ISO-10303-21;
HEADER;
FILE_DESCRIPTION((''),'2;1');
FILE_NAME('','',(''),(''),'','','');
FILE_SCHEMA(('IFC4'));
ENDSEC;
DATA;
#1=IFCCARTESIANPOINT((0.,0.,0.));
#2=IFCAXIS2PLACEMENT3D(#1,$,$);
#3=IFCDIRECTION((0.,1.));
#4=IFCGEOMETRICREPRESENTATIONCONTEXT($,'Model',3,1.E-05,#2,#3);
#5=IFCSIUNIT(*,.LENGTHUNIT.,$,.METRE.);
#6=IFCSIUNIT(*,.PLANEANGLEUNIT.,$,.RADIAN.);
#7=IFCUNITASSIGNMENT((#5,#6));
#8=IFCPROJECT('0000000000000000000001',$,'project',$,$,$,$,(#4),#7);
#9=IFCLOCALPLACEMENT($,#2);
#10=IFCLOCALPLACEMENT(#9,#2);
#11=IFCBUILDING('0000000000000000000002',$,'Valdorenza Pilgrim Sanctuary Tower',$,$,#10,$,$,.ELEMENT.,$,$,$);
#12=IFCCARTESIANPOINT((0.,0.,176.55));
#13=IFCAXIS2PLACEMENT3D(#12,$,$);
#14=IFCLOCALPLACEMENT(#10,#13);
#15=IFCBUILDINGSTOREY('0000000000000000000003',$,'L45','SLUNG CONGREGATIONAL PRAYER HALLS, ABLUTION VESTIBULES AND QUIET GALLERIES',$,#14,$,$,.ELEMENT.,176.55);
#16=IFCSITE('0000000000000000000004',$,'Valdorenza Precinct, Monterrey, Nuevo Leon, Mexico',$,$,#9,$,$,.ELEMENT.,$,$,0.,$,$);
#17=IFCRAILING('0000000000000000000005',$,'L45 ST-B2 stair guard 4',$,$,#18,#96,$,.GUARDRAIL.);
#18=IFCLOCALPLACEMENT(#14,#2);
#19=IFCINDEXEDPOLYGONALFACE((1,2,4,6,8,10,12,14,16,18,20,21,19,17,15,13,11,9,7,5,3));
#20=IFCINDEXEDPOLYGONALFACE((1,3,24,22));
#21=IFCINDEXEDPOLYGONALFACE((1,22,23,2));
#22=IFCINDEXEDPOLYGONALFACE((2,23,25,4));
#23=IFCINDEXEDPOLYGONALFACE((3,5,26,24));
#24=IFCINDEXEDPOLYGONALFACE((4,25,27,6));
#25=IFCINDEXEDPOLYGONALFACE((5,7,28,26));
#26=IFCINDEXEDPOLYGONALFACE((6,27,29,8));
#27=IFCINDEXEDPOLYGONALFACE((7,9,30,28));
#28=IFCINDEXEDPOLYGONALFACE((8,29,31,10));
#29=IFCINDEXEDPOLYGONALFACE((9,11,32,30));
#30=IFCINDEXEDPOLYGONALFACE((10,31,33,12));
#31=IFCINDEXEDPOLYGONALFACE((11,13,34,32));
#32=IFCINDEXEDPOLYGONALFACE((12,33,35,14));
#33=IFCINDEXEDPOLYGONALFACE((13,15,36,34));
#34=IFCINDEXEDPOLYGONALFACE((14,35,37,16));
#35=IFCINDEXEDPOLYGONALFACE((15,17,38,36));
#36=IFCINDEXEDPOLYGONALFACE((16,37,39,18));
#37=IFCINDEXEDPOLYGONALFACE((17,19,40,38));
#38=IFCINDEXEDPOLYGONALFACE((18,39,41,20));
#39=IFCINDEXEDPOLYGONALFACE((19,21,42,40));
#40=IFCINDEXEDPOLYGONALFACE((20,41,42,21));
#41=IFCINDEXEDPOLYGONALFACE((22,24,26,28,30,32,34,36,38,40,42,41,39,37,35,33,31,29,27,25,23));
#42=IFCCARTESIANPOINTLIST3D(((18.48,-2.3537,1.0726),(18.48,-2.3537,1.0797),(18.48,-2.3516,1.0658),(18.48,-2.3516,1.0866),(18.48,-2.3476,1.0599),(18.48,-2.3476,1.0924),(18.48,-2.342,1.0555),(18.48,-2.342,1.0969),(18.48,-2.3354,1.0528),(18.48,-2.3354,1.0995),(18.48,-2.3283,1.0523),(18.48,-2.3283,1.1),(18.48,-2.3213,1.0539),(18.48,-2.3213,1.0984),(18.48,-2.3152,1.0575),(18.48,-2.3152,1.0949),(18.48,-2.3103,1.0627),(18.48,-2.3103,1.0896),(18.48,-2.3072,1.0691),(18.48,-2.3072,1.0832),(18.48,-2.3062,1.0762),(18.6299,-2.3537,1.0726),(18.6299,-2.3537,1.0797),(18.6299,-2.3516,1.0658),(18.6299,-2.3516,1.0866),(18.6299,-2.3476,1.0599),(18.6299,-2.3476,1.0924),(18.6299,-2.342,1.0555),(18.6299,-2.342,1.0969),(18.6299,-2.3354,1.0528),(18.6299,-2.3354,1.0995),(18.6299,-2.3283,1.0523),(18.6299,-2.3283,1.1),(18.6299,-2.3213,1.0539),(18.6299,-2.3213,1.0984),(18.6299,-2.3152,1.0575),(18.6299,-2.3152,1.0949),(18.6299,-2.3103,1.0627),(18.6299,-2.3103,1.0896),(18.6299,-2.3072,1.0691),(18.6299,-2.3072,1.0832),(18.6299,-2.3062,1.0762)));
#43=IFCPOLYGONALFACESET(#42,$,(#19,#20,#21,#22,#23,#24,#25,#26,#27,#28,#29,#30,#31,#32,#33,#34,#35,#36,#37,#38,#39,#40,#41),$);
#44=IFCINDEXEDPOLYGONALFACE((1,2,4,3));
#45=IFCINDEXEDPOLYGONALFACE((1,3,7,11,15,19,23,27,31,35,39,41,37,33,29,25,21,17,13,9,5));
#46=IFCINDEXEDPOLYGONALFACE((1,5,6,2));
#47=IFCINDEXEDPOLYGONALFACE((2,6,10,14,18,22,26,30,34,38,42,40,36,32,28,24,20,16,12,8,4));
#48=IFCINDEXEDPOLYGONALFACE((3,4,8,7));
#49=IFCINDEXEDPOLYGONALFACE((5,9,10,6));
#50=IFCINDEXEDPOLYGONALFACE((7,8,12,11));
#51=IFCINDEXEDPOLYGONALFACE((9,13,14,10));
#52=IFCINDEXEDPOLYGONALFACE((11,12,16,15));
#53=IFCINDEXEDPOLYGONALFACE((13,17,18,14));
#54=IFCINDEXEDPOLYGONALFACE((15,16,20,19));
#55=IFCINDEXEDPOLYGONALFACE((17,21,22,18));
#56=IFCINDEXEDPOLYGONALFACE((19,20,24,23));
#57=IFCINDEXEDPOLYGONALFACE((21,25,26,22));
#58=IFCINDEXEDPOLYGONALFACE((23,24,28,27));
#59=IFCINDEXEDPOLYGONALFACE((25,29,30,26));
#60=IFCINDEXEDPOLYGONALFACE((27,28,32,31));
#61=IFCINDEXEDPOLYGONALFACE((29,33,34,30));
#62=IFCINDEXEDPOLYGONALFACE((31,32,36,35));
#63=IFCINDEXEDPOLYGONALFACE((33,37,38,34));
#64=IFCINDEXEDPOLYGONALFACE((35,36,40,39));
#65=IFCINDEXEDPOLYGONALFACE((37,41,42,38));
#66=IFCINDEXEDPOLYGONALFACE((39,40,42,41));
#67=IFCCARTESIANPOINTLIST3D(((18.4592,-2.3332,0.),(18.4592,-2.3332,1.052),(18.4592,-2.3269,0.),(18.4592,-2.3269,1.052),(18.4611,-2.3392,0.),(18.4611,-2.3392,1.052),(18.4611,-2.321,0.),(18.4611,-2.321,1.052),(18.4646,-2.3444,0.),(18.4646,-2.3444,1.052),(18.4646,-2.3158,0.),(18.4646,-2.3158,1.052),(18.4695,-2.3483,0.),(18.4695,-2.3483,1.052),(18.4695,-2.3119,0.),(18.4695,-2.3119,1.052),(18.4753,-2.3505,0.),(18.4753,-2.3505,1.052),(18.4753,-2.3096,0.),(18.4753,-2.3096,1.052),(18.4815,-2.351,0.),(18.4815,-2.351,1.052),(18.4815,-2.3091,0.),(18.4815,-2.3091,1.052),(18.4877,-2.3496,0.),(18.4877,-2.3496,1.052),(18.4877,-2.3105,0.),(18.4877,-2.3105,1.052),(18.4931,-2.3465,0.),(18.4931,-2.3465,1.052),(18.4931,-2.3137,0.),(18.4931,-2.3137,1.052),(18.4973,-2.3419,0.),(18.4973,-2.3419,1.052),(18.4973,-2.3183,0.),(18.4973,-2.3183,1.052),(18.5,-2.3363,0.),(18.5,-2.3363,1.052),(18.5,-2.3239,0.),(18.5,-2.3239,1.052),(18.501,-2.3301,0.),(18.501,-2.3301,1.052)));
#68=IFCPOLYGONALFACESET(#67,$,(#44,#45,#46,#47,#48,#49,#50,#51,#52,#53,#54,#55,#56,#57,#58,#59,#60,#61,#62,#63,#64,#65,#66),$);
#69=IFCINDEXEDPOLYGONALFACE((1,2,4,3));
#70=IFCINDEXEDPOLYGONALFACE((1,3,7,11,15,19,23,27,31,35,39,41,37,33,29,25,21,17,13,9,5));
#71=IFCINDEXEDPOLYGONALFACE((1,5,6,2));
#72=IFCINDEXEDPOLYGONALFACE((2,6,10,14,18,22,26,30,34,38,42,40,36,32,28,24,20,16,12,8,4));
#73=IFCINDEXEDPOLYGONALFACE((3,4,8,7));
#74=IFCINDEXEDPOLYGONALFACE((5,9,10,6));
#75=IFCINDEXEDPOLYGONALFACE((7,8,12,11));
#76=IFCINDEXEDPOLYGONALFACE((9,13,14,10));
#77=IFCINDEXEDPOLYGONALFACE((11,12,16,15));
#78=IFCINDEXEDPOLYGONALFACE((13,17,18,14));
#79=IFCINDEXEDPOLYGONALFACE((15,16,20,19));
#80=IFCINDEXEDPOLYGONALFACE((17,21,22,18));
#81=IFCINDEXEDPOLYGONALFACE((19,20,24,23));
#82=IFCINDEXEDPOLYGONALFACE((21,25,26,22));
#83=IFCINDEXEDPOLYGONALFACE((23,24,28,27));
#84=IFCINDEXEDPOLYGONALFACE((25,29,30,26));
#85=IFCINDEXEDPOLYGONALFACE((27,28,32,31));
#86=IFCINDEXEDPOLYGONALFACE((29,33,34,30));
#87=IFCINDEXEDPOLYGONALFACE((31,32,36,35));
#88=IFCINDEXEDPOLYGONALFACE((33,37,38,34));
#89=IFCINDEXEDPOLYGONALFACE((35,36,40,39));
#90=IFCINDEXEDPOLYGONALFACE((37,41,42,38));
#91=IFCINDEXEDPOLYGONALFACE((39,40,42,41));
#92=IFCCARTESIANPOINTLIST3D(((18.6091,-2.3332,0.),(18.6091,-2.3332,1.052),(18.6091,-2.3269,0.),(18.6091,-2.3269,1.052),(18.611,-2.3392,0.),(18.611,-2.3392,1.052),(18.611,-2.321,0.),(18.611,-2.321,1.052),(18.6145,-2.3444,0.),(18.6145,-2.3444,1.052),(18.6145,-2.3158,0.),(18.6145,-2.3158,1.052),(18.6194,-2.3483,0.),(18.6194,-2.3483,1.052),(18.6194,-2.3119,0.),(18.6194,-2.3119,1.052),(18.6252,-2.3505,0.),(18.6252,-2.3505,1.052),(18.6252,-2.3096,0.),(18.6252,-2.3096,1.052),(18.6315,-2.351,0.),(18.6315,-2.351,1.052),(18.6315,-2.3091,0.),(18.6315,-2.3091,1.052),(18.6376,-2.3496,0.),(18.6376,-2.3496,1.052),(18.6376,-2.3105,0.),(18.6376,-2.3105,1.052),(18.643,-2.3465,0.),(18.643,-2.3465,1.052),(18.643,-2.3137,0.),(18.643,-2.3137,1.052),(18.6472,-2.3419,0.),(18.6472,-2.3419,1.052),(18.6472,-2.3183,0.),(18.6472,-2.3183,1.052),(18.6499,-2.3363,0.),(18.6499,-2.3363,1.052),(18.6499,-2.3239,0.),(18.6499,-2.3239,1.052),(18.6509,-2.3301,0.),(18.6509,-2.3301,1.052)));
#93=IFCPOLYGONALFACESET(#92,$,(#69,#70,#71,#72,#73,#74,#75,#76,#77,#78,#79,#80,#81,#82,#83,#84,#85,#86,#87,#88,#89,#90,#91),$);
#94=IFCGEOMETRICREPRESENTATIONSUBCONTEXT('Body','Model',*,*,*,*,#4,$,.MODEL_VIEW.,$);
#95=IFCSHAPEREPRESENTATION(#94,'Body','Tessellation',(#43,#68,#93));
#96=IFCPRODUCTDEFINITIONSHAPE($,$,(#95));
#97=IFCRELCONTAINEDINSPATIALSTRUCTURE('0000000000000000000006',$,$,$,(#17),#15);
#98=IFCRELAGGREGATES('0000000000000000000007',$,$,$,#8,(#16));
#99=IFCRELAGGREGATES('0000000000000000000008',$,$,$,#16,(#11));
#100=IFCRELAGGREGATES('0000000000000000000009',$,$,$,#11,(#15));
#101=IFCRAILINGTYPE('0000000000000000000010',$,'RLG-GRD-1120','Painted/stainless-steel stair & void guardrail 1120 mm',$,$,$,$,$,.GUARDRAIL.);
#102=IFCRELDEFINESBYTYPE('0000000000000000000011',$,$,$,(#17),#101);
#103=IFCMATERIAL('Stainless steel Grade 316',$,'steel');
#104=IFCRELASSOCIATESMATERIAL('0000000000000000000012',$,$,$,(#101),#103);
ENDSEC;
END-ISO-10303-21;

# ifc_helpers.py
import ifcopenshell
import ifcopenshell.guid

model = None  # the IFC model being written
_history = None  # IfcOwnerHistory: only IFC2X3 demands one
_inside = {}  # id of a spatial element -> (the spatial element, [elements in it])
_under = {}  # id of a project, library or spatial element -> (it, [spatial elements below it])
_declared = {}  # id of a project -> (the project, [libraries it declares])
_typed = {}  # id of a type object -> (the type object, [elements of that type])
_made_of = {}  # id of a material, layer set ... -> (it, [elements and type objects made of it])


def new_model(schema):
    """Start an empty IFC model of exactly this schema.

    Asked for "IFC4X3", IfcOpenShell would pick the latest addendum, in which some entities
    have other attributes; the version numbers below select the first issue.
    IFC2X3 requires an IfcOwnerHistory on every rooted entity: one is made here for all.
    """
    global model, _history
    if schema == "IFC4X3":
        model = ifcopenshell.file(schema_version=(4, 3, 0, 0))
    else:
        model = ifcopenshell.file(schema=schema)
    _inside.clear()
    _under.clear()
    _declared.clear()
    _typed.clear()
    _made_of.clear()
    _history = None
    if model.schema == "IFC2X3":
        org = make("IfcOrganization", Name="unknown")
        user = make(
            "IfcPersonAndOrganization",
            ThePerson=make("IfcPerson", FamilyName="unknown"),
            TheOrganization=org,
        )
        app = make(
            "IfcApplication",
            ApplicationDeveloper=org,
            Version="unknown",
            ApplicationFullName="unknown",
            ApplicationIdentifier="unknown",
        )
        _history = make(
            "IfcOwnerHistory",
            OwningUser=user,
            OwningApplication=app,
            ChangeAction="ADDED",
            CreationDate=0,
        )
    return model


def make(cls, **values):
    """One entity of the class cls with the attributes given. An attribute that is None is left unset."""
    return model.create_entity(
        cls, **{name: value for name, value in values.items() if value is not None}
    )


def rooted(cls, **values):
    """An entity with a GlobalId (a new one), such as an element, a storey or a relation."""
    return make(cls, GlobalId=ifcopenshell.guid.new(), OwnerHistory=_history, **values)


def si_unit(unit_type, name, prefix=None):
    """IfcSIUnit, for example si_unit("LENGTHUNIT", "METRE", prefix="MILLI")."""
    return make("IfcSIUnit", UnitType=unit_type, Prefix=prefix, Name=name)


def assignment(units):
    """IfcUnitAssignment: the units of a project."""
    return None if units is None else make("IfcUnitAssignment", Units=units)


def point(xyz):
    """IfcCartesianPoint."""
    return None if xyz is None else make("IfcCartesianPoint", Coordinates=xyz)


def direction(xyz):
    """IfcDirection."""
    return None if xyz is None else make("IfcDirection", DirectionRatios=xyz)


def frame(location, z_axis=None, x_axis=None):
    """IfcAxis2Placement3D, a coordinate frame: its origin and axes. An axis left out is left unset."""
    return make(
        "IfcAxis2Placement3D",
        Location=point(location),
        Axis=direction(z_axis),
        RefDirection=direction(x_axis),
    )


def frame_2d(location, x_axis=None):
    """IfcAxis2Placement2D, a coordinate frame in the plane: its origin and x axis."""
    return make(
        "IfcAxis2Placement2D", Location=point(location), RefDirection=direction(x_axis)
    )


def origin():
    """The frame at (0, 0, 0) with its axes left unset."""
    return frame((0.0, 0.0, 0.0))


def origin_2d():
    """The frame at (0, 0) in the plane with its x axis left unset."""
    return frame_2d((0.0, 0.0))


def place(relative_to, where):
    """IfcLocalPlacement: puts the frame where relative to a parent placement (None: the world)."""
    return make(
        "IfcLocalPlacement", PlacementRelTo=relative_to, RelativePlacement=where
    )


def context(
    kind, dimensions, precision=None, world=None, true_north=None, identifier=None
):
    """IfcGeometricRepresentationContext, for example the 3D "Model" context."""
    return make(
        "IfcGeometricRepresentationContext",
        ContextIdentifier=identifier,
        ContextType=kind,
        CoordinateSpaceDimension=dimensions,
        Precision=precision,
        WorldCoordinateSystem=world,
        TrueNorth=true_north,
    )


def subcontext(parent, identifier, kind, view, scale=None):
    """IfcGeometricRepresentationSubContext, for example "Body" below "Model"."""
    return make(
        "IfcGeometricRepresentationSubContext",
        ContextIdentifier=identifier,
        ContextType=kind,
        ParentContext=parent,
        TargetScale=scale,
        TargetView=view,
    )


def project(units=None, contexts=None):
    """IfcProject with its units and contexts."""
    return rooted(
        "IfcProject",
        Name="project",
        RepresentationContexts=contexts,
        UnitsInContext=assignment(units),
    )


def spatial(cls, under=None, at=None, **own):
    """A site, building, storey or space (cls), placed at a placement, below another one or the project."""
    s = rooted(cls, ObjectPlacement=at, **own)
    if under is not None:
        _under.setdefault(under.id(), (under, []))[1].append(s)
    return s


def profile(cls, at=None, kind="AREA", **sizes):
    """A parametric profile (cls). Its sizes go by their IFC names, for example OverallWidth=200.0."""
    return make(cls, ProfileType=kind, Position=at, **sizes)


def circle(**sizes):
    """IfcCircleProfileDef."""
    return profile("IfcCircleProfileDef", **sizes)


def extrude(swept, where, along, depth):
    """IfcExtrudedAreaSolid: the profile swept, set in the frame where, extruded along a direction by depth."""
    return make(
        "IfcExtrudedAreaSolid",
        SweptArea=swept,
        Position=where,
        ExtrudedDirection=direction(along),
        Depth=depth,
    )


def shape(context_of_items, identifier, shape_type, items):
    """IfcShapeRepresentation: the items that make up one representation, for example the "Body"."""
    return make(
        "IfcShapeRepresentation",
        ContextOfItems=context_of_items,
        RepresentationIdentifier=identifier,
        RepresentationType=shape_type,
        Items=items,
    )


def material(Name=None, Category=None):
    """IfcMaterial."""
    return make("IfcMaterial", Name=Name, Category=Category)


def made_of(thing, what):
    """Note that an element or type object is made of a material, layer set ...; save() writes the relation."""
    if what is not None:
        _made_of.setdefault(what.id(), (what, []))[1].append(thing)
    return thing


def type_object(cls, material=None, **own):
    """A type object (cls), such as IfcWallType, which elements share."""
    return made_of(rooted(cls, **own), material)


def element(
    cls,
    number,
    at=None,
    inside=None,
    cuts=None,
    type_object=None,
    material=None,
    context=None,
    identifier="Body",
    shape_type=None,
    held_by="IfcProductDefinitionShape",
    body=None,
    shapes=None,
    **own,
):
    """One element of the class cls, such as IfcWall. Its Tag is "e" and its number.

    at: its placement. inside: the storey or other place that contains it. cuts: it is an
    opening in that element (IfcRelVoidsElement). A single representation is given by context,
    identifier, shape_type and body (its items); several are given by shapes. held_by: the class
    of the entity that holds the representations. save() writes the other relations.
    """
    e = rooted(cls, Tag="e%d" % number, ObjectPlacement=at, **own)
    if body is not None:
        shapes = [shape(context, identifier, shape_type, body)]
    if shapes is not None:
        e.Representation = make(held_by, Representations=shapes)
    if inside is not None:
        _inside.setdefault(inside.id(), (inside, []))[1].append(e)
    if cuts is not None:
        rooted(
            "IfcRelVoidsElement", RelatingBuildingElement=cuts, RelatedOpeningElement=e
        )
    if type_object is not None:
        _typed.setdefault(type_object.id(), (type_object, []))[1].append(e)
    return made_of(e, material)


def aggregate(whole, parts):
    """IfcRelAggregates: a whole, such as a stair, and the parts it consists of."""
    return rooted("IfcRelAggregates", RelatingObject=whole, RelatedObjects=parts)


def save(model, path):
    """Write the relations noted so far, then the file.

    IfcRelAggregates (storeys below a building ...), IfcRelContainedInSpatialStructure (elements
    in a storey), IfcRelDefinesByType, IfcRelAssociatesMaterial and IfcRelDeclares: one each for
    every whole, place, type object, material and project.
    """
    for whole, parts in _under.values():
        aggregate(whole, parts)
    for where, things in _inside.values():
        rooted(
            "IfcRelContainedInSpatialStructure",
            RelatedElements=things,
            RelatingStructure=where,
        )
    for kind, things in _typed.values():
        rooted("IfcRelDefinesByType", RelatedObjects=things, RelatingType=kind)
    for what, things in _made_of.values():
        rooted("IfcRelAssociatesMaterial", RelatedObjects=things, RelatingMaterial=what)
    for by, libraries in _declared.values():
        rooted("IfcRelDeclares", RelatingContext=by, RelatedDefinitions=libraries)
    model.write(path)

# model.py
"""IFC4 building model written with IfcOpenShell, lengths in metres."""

from ifc_helpers import new_model, si_unit, direction, frame, origin, origin_2d, place, context, subcontext, project, spatial, circle, extrude, material, type_object, element, save


model = new_model("IFC4")

# Units and contexts
model_context = context("Model", 3, precision=1e-05, world=origin(), true_north=direction((0.0, 1.0)))
body_context = subcontext(model_context, "Body", "Model", "MODEL_VIEW")
ifc_project = project(units=[si_unit("LENGTHUNIT", "METRE"), si_unit("PLANEANGLEUNIT", "RADIAN")], contexts=[model_context])

# Site, building, storey
site_placement = place(None, origin())
site = spatial("IfcSite", under=ifc_project, at=site_placement, Name="Valdorenza Precinct, Monterrey, Nuevo Leon, Mexico", CompositionType="ELEMENT", RefElevation=0.0)
building_placement = place(site_placement, origin())
building = spatial("IfcBuilding", under=site, at=building_placement, Name="Valdorenza Pilgrim Sanctuary Tower", CompositionType="ELEMENT")
storey_placement = place(building_placement, frame((0.0, 0.0, 176.55)))
storey = spatial("IfcBuildingStorey", under=building, at=storey_placement, Name="L45", Description="SLUNG CONGREGATIONAL PRAYER HALLS, ABLUTION VESTIBULES AND QUIET GALLERIES", CompositionType="ELEMENT", Elevation=176.55)

# Railing
ifc_material_1 = material(Name="Stainless steel Grade 316", Category="steel")
railing_type_1 = type_object("IfcRailingType", Name="RLG-GRD-1120", Description="Painted/stainless-steel stair & void guardrail 1120 mm", PredefinedType="GUARDRAIL", material=ifc_material_1)
railing_1_placement = place(storey_placement, frame((18.48, -2.3301, 0.0)))
element("IfcRailing", 1, at=railing_1_placement, inside=storey, type_object=railing_type_1, Name="L45 ST-B2 stair guard 4", PredefinedType="GUARDRAIL", context=body_context, shape_type="SweptSolid", body=[
    extrude(circle(Radius=0.0239, at=origin_2d()), frame((0.0, 0.0, 1.0762), z_axis=(1.0, 0.0, 0.0), x_axis=(0.0, 1.0, 0.0)), (0.0, 0.0, 1.0), 0.1499),
    extrude(circle(Radius=0.021, at=origin_2d()), origin(), (0.0, 0.0, 1.0), 1.052),
    extrude(circle(Radius=0.021, at=origin_2d()), frame((0.1499, 0.0, 0.0)), (0.0, 0.0, 1.0), 1.052),
])

save(model, "model.ifc")
